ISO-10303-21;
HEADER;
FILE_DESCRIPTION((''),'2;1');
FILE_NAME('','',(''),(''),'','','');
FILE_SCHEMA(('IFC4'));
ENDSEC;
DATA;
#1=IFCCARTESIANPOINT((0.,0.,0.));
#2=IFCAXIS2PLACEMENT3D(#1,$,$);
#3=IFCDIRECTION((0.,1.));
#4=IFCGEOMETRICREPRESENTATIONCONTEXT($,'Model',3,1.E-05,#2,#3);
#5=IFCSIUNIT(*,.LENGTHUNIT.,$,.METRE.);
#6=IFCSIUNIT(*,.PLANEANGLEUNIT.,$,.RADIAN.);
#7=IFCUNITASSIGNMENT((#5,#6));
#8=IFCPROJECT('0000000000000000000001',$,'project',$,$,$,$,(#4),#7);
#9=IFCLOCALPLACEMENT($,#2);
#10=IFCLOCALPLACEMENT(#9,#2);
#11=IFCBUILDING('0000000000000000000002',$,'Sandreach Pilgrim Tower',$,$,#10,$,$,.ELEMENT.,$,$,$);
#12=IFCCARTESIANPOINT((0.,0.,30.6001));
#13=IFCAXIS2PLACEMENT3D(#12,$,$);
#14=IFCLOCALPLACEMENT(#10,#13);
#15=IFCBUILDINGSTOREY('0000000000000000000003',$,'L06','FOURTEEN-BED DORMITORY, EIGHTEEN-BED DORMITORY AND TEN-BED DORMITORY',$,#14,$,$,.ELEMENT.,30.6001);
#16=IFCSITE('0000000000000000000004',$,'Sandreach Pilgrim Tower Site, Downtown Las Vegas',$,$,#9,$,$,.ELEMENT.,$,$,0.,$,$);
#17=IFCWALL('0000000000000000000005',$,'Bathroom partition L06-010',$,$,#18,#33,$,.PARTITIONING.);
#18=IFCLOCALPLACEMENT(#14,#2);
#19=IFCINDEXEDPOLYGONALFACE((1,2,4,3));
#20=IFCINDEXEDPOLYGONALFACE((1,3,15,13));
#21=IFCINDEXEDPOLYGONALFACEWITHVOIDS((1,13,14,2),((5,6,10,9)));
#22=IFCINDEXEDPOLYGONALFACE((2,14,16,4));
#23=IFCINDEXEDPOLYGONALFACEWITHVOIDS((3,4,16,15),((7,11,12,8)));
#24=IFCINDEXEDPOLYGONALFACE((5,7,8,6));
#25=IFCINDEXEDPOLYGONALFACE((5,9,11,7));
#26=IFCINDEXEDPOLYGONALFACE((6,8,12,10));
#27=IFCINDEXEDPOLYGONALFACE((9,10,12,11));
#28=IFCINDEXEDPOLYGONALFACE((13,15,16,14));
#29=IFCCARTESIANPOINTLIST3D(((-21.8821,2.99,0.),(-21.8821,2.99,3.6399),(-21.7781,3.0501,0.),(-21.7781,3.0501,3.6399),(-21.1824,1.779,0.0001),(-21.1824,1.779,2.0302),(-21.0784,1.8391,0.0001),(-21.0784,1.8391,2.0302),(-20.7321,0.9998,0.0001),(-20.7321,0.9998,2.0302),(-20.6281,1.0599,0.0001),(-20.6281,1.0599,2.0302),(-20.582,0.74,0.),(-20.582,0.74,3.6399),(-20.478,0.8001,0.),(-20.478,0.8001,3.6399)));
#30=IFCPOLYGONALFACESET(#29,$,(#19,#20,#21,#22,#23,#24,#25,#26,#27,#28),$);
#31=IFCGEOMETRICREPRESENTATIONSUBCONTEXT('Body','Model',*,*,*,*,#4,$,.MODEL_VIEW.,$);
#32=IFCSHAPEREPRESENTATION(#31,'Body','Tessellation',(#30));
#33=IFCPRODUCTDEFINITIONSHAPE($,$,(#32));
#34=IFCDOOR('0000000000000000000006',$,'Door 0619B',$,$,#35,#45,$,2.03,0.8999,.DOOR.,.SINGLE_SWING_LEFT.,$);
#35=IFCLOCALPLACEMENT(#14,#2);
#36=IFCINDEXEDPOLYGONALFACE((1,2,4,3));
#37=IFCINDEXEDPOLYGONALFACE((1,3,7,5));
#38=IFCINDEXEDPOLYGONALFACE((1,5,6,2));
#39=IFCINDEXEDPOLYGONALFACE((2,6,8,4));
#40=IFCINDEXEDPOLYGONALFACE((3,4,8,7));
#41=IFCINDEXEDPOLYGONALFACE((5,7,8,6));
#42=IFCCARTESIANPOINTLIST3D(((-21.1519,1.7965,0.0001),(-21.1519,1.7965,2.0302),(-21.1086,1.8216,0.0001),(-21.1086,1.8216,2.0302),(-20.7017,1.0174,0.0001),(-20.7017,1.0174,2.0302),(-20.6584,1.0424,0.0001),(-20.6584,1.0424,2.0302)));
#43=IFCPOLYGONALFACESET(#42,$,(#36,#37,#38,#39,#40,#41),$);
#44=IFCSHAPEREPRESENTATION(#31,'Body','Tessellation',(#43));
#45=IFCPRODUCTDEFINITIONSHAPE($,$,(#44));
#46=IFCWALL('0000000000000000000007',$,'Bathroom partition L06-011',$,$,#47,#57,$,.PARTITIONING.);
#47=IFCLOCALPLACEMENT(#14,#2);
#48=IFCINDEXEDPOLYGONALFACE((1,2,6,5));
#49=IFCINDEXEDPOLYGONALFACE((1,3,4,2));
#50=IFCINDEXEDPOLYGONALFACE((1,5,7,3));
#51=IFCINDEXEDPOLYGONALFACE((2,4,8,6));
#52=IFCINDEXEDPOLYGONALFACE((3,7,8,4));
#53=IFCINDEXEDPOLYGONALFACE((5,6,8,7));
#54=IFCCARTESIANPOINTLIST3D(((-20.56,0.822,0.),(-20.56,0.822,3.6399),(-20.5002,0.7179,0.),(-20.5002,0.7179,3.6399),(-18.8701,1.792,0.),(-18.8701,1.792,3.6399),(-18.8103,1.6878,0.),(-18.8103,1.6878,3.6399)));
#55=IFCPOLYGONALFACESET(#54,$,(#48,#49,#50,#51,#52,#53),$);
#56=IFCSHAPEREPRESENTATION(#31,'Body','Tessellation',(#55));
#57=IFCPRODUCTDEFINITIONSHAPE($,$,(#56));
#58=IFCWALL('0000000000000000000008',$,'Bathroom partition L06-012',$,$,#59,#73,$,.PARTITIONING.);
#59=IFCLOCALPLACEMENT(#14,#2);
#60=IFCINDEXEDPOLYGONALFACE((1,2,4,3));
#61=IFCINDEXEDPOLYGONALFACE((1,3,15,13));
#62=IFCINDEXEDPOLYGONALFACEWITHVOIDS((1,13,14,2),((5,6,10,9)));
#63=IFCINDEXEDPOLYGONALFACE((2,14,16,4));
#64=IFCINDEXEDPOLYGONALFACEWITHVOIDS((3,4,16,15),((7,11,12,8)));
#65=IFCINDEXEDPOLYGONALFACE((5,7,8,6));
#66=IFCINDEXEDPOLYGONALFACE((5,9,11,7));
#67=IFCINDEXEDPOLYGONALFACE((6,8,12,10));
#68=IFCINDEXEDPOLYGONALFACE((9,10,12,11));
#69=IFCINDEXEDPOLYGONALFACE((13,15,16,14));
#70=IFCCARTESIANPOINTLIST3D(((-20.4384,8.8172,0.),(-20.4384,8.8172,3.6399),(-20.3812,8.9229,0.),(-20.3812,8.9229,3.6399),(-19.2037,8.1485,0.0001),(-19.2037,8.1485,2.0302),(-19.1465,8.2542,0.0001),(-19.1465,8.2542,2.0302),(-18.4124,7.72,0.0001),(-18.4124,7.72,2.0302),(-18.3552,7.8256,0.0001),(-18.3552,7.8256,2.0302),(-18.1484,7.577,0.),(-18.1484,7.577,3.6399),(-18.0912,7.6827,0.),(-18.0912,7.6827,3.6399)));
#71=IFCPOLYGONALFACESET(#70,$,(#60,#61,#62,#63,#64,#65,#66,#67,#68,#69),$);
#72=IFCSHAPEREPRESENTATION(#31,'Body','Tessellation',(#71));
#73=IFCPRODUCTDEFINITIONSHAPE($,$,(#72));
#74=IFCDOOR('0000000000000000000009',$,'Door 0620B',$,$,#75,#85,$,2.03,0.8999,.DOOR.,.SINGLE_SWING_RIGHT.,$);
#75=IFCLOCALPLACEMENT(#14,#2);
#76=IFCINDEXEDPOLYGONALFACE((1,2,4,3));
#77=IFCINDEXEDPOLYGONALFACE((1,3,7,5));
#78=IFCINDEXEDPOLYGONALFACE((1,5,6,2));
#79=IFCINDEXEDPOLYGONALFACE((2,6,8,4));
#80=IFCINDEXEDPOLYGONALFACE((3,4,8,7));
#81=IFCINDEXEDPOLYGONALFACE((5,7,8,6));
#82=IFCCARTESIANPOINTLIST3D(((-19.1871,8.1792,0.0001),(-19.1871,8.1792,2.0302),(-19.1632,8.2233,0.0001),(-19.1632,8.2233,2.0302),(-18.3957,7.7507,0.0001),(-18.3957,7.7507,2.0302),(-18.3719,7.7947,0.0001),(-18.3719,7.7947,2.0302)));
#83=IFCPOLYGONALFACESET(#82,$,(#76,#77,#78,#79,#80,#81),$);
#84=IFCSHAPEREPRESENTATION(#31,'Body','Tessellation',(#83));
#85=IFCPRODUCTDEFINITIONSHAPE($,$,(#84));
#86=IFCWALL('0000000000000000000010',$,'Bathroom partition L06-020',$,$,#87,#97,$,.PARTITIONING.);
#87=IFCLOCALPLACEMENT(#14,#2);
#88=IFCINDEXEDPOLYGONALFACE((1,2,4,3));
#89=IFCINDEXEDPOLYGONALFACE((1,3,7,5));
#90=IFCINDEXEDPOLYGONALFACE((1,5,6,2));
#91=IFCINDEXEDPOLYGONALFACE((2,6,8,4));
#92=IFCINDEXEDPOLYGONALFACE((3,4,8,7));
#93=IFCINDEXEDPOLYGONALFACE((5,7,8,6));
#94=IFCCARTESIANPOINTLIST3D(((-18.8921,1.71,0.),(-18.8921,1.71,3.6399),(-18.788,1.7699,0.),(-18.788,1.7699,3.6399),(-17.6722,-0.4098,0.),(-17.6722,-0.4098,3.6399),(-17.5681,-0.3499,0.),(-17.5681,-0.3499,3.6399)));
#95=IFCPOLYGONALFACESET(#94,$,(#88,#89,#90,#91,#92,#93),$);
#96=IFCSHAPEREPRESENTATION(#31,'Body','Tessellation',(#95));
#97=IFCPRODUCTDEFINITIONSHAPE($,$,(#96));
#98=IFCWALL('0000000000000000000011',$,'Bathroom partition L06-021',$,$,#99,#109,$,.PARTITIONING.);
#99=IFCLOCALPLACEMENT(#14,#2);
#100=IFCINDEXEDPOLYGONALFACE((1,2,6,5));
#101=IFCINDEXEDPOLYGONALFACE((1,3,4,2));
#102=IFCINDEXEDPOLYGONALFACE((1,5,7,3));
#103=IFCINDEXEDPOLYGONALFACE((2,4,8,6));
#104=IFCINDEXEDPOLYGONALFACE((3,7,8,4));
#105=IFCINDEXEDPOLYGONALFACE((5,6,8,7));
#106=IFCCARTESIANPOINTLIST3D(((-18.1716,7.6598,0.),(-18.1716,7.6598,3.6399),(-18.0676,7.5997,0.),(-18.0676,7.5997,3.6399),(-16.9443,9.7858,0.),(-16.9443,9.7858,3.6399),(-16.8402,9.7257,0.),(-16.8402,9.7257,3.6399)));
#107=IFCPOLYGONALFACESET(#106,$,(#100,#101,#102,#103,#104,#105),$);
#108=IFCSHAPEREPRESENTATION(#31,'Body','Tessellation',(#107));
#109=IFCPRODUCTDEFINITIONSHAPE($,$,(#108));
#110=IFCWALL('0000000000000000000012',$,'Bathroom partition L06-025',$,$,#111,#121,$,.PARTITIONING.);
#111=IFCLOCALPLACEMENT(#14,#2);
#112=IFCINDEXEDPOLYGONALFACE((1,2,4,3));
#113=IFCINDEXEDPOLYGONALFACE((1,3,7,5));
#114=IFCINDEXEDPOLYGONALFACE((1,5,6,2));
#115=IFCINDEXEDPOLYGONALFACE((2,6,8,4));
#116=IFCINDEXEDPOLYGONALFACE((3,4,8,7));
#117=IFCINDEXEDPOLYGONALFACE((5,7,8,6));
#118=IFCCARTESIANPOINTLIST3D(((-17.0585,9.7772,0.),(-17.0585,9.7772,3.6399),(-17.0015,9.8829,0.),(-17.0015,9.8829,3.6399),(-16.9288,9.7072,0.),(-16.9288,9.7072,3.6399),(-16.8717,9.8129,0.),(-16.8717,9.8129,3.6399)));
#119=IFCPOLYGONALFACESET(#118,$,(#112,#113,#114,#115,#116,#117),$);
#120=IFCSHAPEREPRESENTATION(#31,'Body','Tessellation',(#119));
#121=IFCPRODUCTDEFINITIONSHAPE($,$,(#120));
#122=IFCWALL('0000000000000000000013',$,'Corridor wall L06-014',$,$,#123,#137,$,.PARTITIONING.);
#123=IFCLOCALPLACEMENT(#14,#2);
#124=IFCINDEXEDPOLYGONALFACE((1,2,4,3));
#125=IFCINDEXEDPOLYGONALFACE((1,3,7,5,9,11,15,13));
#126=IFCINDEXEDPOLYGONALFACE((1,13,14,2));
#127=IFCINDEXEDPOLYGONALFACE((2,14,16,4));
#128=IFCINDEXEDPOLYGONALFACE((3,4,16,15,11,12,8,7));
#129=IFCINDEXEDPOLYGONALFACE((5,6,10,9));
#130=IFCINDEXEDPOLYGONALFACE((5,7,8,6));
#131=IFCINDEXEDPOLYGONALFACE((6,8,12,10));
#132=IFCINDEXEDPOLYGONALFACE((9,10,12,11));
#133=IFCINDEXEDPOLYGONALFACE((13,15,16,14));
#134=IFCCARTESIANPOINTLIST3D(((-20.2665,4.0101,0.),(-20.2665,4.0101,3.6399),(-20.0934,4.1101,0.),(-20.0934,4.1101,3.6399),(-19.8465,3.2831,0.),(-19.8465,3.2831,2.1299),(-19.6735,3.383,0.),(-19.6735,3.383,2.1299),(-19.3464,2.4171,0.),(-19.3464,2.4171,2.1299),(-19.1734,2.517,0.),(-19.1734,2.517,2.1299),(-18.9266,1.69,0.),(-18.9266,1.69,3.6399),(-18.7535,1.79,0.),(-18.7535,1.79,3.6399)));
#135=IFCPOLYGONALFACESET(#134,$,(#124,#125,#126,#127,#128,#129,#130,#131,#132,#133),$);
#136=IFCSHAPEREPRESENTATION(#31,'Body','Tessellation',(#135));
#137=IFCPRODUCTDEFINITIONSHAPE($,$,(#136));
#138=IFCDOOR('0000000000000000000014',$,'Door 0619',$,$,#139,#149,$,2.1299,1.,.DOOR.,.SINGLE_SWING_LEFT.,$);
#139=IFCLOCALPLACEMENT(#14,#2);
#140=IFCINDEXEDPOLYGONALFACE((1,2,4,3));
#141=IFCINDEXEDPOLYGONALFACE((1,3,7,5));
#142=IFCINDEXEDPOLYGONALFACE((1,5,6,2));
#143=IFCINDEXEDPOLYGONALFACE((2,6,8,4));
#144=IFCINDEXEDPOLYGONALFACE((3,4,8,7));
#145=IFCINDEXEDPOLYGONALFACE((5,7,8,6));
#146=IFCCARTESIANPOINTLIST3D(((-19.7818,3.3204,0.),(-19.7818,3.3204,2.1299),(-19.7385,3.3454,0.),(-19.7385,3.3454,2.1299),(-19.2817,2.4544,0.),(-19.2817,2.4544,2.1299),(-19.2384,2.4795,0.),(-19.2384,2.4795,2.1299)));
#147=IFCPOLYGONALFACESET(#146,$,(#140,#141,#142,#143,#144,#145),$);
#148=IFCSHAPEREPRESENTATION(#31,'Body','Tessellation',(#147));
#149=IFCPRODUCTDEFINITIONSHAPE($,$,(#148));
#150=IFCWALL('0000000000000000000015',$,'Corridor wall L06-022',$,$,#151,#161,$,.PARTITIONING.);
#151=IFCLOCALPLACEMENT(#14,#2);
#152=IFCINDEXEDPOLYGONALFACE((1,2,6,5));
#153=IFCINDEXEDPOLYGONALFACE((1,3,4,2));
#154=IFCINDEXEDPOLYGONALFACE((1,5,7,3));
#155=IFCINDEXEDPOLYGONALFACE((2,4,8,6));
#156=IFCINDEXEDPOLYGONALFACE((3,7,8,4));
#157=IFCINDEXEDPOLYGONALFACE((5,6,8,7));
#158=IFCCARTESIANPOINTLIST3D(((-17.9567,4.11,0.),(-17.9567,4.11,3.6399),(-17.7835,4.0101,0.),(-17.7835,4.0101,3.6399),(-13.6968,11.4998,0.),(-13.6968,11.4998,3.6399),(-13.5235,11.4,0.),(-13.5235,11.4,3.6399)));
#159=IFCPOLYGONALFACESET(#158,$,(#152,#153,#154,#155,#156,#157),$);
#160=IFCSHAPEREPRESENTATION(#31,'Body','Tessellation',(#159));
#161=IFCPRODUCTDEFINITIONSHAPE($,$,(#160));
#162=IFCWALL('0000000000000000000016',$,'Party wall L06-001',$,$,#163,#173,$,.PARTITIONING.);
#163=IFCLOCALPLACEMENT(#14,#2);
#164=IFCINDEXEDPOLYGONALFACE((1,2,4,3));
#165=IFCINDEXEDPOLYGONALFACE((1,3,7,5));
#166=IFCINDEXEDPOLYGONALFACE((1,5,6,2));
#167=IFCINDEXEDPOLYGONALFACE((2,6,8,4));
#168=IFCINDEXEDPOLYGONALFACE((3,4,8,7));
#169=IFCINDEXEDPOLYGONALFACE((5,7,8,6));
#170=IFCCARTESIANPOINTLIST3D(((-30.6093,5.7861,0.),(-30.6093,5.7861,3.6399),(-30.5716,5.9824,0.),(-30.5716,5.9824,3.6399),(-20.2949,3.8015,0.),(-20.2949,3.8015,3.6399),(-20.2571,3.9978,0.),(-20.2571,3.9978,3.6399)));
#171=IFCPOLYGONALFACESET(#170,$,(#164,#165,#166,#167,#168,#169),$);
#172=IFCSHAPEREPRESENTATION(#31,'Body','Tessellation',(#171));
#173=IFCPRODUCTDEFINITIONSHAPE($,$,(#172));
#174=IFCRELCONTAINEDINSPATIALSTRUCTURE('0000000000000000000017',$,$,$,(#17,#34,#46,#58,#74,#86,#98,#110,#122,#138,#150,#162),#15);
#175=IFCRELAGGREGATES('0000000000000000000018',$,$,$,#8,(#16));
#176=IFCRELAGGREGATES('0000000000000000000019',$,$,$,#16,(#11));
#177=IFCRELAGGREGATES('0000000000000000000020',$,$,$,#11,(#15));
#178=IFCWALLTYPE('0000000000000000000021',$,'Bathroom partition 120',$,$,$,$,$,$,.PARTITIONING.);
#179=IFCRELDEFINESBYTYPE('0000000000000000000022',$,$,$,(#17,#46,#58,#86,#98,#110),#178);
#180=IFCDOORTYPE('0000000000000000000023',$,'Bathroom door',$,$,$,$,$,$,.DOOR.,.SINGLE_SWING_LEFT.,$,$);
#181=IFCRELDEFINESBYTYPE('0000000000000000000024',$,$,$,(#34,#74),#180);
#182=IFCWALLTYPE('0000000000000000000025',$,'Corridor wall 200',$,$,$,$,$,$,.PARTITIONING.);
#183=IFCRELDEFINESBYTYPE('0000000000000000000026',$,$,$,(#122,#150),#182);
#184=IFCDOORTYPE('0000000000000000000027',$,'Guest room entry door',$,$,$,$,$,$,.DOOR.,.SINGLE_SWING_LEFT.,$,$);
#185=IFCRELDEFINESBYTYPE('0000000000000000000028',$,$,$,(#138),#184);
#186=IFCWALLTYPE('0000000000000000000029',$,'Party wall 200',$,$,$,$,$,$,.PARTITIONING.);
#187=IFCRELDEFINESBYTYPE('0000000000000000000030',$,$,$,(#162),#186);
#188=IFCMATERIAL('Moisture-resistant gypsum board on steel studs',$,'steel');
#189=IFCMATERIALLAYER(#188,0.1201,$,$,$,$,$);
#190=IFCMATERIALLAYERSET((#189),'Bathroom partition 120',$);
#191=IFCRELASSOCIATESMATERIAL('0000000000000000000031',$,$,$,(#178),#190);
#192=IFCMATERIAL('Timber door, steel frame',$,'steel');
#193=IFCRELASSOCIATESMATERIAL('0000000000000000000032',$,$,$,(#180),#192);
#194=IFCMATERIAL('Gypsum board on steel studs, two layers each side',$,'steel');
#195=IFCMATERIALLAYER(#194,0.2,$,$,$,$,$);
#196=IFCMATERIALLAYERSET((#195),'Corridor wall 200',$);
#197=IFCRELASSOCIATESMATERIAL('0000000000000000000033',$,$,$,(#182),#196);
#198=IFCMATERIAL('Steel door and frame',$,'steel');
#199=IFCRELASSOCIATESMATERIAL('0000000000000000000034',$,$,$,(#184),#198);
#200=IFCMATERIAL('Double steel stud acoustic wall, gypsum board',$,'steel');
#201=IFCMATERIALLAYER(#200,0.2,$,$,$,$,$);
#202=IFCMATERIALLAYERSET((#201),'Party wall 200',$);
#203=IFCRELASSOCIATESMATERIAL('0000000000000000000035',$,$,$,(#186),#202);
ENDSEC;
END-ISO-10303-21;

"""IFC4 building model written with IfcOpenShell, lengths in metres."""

from ifc_helpers import new_model, si_unit, direction, frame, frame_2d, origin, place, context, subcontext, project, spatial, rectangle, extrude, material, layer, layer_set, type_object, element, fill, save


model = new_model("IFC4")

# Units and contexts
model_context = context("Model", 3, precision=1e-05, world=origin(), true_north=direction((0.0, 1.0)))
body_context = subcontext(model_context, "Body", "Model", "MODEL_VIEW")
ifc_project = project(units=[si_unit("LENGTHUNIT", "METRE"), si_unit("PLANEANGLEUNIT", "RADIAN")], contexts=[model_context])

# Site, building, storey
site_placement = place(None, origin())
site = spatial("IfcSite", under=ifc_project, at=site_placement, Name="Sandreach Pilgrim Tower Site, Downtown Las Vegas", CompositionType="ELEMENT", RefElevation=0.0)
building_placement = place(site_placement, origin())
building = spatial("IfcBuilding", under=site, at=building_placement, Name="Sandreach Pilgrim Tower", CompositionType="ELEMENT")
storey_placement = place(building_placement, frame((0.0, 0.0, 30.6001)))
storey = spatial("IfcBuildingStorey", under=building, at=storey_placement, Name="L06", Description="FOURTEEN-BED DORMITORY, EIGHTEEN-BED DORMITORY AND TEN-BED DORMITORY", CompositionType="ELEMENT", Elevation=30.6001)

# Shared definitions
ifc_material_1 = material(Name="Moisture-resistant gypsum board on steel studs", Category="steel")
ifc_layer_1 = layer(ifc_material_1, 0.1201)
ifc_layer_set_1 = layer_set([ifc_layer_1], Name="Bathroom partition 120")
wall_type_1 = type_object("IfcWallType", Name="Bathroom partition 120", PredefinedType="PARTITIONING", material=ifc_layer_set_1)

# Wall, opening, door
wall_1_placement = place(storey_placement, frame((-20.53, 0.77, 0.0), z_axis=(0.0, 0.0, 1.0), x_axis=(-0.500292, 0.865857, 0.0)))
wall_1 = element("IfcWall", 1, at=wall_1_placement, inside=storey, type_object=wall_type_1, Name="Bathroom partition L06-010", PredefinedType="PARTITIONING", context=body_context, shape_type="SweptSolid", body=[
    extrude(rectangle(XDim=2.5986, YDim=0.1201, at=frame_2d((1.2993, 0.0))), origin(), (0.0, 0.0, 1.0), 3.6399),
])
opening_1_placement = place(wall_1_placement, frame((0.3, 0.0, 0.0)))
opening_1 = element("IfcOpeningElement", 2, at=opening_1_placement, cuts=wall_1, PredefinedType="OPENING", context=body_context, shape_type="SweptSolid", body=[
    extrude(rectangle(XDim=0.8999, YDim=2.03, at=frame_2d((0.45, 1.0151))), frame((0.0, 0.0601, 0.0), z_axis=(0.0, -1.0, 0.0), x_axis=(1.0, 0.0, 0.0)), (0.0, 0.0, 1.0), 0.1201),
])
ifc_material_2 = material(Name="Timber door, steel frame", Category="steel")
door_type_1 = type_object("IfcDoorType", Name="Bathroom door", OperationType="SINGLE_SWING_LEFT", PredefinedType="DOOR", material=ifc_material_2)
door_1_placement = place(opening_1_placement, origin())
door_1 = element("IfcDoor", 3, at=door_1_placement, inside=storey, type_object=door_type_1, Name="Door 0619B", OperationType="SINGLE_SWING_LEFT", OverallHeight=2.03, OverallWidth=0.8999, PredefinedType="DOOR", context=body_context, shape_type="SweptSolid", body=[
    extrude(rectangle(XDim=0.8999, YDim=2.03, at=frame_2d((0.45, 1.0151))), frame((0.0, 0.0249, 0.0), z_axis=(0.0, -1.0, 0.0), x_axis=(1.0, 0.0, 0.0)), (0.0, 0.0, 1.0), 0.05),
])
fill(opening_1, door_1)

# Wall
wall_2_placement = place(storey_placement, frame((-20.53, 0.77, 0.0), z_axis=(0.0, 0.0, 1.0), x_axis=(0.867293, 0.497798, 0.0)))
element("IfcWall", 4, at=wall_2_placement, inside=storey, type_object=wall_type_1, Name="Bathroom partition L06-011", PredefinedType="PARTITIONING", context=body_context, shape_type="SweptSolid", body=[
    extrude(rectangle(XDim=1.9485, YDim=0.1201, at=frame_2d((0.9741, 0.0))), origin(), (0.0, 0.0, 1.0), 3.6399),
])

# Wall, opening, door
wall_3_placement = place(storey_placement, frame((-20.4099, 8.8701, 0.0), z_axis=(0.0, 0.0, 1.0), x_axis=(0.879325, -0.476223, 0.0)))
wall_3 = element("IfcWall", 5, at=wall_3_placement, inside=storey, type_object=wall_type_1, Name="Bathroom partition L06-012", PredefinedType="PARTITIONING", context=body_context, shape_type="SweptSolid", body=[
    extrude(rectangle(XDim=2.6042, YDim=0.1201, at=frame_2d((1.3022, 0.0))), origin(), (0.0, 0.0, 1.0), 3.6399),
])
opening_2_placement = place(wall_3_placement, frame((1.4043, 0.0, 0.0)))
opening_2 = element("IfcOpeningElement", 6, at=opening_2_placement, cuts=wall_3, PredefinedType="OPENING", context=body_context, shape_type="SweptSolid", body=[
    extrude(rectangle(XDim=0.8999, YDim=2.03, at=frame_2d((0.45, 1.0151))), frame((0.0, 0.0601, 0.0), z_axis=(0.0, -1.0, 0.0), x_axis=(1.0, 0.0, 0.0)), (0.0, 0.0, 1.0), 0.1201),
])
door_2_placement = place(opening_2_placement, origin())
door_2 = element("IfcDoor", 7, at=door_2_placement, inside=storey, type_object=door_type_1, Name="Door 0620B", OperationType="SINGLE_SWING_RIGHT", OverallHeight=2.03, OverallWidth=0.8999, PredefinedType="DOOR", context=body_context, shape_type="SweptSolid", body=[
    extrude(rectangle(XDim=0.8999, YDim=2.03, at=frame_2d((0.45, 1.0151))), frame((0.0, 0.0249, 0.0), z_axis=(0.0, -1.0, 0.0), x_axis=(1.0, 0.0, 0.0)), (0.0, 0.0, 1.0), 0.05),
])
fill(opening_2, door_2)

# Walls
wall_4_placement = place(storey_placement, frame((-18.8401, 1.74, 0.0), z_axis=(0.0, 0.0, 1.0), x_axis=(0.498792, -0.866722, 0.0)))
element("IfcWall", 8, at=wall_4_placement, inside=storey, type_object=wall_type_1, Name="Bathroom partition L06-020", PredefinedType="PARTITIONING", context=body_context, shape_type="SweptSolid", body=[
    extrude(rectangle(XDim=2.4458, YDim=0.1201, at=frame_2d((1.2229, 0.0))), origin(), (0.0, 0.0, 1.0), 3.6399),
])
wall_5_placement = place(storey_placement, frame((-18.1196, 7.6296, 0.0), z_axis=(0.0, 0.0, 1.0), x_axis=(0.499958, 0.86605, 0.0)))
element("IfcWall", 9, at=wall_5_placement, inside=storey, type_object=wall_type_1, Name="Bathroom partition L06-021", PredefinedType="PARTITIONING", context=body_context, shape_type="SweptSolid", body=[
    extrude(rectangle(XDim=2.4548, YDim=0.1201, at=frame_2d((1.2275, 0.0))), origin(), (0.0, 0.0, 1.0), 3.6399),
])
wall_6_placement = place(storey_placement, frame((-17.03, 9.8301, 0.0), z_axis=(0.0, 0.0, 1.0), x_axis=(0.880099, -0.47479, 0.0)))
element("IfcWall", 10, at=wall_6_placement, inside=storey, type_object=wall_type_1, Name="Bathroom partition L06-025", PredefinedType="PARTITIONING", context=body_context, shape_type="SweptSolid", body=[
    extrude(rectangle(XDim=0.1475, YDim=0.1201, at=frame_2d((0.0737, 0.0))), origin(), (0.0, 0.0, 1.0), 3.6399),
])

# Wall, opening, door
ifc_material_3 = material(Name="Gypsum board on steel studs, two layers each side", Category="steel")
ifc_layer_2 = layer(ifc_material_3, 0.2)
ifc_layer_set_2 = layer_set([ifc_layer_2], Name="Corridor wall 200")
wall_type_2 = type_object("IfcWallType", Name="Corridor wall 200", PredefinedType="PARTITIONING", material=ifc_layer_set_2)
wall_7_placement = place(storey_placement, frame((-20.1799, 4.0601, 0.0), z_axis=(0.0, 0.0, 1.0), x_axis=(0.500098, -0.865969, 0.0)))
wall_7 = element("IfcWall", 11, at=wall_7_placement, inside=storey, type_object=wall_type_2, Name="Corridor wall L06-014", PredefinedType="PARTITIONING", context=body_context, shape_type="SweptSolid", body=[
    extrude(rectangle(XDim=2.6792, YDim=0.2, at=frame_2d((1.3396, 0.0))), origin(), (0.0, 0.0, 1.0), 3.6399),
])
opening_3_placement = place(wall_7_placement, frame((0.8396, 0.0, 0.0)))
opening_3 = element("IfcOpeningElement", 12, at=opening_3_placement, cuts=wall_7, PredefinedType="OPENING", context=body_context, shape_type="SweptSolid", body=[
    extrude(rectangle(XDim=1.0, YDim=2.1299, at=frame_2d((0.5, 1.0649))), frame((0.0, 0.1001, 0.0), z_axis=(0.0, -1.0, 0.0), x_axis=(1.0, 0.0, 0.0)), (0.0, 0.0, 1.0), 0.2),
])
ifc_material_4 = material(Name="Steel door and frame", Category="steel")
door_type_2 = type_object("IfcDoorType", Name="Guest room entry door", OperationType="SINGLE_SWING_LEFT", PredefinedType="DOOR", material=ifc_material_4)
door_3_placement = place(opening_3_placement, origin())
door_3 = element("IfcDoor", 13, at=door_3_placement, inside=storey, type_object=door_type_2, Name="Door 0619", OperationType="SINGLE_SWING_LEFT", OverallHeight=2.1299, OverallWidth=1.0, PredefinedType="DOOR", context=body_context, shape_type="SweptSolid", body=[
    extrude(rectangle(XDim=1.0, YDim=2.1299, at=frame_2d((0.5, 1.0649))), frame((0.0, 0.0249, 0.0), z_axis=(0.0, -1.0, 0.0), x_axis=(1.0, 0.0, 0.0)), (0.0, 0.0, 1.0), 0.05),
])
fill(opening_3, door_3)

# Walls
wall_8_placement = place(storey_placement, frame((-17.8701, 4.0601, 0.0), z_axis=(0.0, 0.0, 1.0), x_axis=(0.499424, 0.866358, 0.0)))
element("IfcWall", 14, at=wall_8_placement, inside=storey, type_object=wall_type_2, Name="Corridor wall L06-022", PredefinedType="PARTITIONING", context=body_context, shape_type="SweptSolid", body=[
    extrude(rectangle(XDim=8.5298, YDim=0.2, at=frame_2d((4.2649, 0.0))), origin(), (0.0, 0.0, 1.0), 3.6399),
])
ifc_material_5 = material(Name="Double steel stud acoustic wall, gypsum board", Category="steel")
ifc_layer_3 = layer(ifc_material_5, 0.2)
ifc_layer_set_3 = layer_set([ifc_layer_3], Name="Party wall 200")
wall_type_3 = type_object("IfcWallType", Name="Party wall 200", PredefinedType="PARTITIONING", material=ifc_layer_set_3)
wall_9_placement = place(storey_placement, frame((-30.5906, 5.8843, 0.0), z_axis=(0.0, 0.0, 1.0), x_axis=(0.981988, -0.188946, 0.0)))
element("IfcWall", 15, at=wall_9_placement, inside=storey, type_object=wall_type_3, Name="Party wall L06-001", PredefinedType="PARTITIONING", context=body_context, shape_type="SweptSolid", body=[
    extrude(rectangle(XDim=10.5037, YDim=0.2, at=frame_2d((5.252, 0.0))), origin(), (0.0, 0.0, 1.0), 3.6399),
])

save(model, "model.ifc")
